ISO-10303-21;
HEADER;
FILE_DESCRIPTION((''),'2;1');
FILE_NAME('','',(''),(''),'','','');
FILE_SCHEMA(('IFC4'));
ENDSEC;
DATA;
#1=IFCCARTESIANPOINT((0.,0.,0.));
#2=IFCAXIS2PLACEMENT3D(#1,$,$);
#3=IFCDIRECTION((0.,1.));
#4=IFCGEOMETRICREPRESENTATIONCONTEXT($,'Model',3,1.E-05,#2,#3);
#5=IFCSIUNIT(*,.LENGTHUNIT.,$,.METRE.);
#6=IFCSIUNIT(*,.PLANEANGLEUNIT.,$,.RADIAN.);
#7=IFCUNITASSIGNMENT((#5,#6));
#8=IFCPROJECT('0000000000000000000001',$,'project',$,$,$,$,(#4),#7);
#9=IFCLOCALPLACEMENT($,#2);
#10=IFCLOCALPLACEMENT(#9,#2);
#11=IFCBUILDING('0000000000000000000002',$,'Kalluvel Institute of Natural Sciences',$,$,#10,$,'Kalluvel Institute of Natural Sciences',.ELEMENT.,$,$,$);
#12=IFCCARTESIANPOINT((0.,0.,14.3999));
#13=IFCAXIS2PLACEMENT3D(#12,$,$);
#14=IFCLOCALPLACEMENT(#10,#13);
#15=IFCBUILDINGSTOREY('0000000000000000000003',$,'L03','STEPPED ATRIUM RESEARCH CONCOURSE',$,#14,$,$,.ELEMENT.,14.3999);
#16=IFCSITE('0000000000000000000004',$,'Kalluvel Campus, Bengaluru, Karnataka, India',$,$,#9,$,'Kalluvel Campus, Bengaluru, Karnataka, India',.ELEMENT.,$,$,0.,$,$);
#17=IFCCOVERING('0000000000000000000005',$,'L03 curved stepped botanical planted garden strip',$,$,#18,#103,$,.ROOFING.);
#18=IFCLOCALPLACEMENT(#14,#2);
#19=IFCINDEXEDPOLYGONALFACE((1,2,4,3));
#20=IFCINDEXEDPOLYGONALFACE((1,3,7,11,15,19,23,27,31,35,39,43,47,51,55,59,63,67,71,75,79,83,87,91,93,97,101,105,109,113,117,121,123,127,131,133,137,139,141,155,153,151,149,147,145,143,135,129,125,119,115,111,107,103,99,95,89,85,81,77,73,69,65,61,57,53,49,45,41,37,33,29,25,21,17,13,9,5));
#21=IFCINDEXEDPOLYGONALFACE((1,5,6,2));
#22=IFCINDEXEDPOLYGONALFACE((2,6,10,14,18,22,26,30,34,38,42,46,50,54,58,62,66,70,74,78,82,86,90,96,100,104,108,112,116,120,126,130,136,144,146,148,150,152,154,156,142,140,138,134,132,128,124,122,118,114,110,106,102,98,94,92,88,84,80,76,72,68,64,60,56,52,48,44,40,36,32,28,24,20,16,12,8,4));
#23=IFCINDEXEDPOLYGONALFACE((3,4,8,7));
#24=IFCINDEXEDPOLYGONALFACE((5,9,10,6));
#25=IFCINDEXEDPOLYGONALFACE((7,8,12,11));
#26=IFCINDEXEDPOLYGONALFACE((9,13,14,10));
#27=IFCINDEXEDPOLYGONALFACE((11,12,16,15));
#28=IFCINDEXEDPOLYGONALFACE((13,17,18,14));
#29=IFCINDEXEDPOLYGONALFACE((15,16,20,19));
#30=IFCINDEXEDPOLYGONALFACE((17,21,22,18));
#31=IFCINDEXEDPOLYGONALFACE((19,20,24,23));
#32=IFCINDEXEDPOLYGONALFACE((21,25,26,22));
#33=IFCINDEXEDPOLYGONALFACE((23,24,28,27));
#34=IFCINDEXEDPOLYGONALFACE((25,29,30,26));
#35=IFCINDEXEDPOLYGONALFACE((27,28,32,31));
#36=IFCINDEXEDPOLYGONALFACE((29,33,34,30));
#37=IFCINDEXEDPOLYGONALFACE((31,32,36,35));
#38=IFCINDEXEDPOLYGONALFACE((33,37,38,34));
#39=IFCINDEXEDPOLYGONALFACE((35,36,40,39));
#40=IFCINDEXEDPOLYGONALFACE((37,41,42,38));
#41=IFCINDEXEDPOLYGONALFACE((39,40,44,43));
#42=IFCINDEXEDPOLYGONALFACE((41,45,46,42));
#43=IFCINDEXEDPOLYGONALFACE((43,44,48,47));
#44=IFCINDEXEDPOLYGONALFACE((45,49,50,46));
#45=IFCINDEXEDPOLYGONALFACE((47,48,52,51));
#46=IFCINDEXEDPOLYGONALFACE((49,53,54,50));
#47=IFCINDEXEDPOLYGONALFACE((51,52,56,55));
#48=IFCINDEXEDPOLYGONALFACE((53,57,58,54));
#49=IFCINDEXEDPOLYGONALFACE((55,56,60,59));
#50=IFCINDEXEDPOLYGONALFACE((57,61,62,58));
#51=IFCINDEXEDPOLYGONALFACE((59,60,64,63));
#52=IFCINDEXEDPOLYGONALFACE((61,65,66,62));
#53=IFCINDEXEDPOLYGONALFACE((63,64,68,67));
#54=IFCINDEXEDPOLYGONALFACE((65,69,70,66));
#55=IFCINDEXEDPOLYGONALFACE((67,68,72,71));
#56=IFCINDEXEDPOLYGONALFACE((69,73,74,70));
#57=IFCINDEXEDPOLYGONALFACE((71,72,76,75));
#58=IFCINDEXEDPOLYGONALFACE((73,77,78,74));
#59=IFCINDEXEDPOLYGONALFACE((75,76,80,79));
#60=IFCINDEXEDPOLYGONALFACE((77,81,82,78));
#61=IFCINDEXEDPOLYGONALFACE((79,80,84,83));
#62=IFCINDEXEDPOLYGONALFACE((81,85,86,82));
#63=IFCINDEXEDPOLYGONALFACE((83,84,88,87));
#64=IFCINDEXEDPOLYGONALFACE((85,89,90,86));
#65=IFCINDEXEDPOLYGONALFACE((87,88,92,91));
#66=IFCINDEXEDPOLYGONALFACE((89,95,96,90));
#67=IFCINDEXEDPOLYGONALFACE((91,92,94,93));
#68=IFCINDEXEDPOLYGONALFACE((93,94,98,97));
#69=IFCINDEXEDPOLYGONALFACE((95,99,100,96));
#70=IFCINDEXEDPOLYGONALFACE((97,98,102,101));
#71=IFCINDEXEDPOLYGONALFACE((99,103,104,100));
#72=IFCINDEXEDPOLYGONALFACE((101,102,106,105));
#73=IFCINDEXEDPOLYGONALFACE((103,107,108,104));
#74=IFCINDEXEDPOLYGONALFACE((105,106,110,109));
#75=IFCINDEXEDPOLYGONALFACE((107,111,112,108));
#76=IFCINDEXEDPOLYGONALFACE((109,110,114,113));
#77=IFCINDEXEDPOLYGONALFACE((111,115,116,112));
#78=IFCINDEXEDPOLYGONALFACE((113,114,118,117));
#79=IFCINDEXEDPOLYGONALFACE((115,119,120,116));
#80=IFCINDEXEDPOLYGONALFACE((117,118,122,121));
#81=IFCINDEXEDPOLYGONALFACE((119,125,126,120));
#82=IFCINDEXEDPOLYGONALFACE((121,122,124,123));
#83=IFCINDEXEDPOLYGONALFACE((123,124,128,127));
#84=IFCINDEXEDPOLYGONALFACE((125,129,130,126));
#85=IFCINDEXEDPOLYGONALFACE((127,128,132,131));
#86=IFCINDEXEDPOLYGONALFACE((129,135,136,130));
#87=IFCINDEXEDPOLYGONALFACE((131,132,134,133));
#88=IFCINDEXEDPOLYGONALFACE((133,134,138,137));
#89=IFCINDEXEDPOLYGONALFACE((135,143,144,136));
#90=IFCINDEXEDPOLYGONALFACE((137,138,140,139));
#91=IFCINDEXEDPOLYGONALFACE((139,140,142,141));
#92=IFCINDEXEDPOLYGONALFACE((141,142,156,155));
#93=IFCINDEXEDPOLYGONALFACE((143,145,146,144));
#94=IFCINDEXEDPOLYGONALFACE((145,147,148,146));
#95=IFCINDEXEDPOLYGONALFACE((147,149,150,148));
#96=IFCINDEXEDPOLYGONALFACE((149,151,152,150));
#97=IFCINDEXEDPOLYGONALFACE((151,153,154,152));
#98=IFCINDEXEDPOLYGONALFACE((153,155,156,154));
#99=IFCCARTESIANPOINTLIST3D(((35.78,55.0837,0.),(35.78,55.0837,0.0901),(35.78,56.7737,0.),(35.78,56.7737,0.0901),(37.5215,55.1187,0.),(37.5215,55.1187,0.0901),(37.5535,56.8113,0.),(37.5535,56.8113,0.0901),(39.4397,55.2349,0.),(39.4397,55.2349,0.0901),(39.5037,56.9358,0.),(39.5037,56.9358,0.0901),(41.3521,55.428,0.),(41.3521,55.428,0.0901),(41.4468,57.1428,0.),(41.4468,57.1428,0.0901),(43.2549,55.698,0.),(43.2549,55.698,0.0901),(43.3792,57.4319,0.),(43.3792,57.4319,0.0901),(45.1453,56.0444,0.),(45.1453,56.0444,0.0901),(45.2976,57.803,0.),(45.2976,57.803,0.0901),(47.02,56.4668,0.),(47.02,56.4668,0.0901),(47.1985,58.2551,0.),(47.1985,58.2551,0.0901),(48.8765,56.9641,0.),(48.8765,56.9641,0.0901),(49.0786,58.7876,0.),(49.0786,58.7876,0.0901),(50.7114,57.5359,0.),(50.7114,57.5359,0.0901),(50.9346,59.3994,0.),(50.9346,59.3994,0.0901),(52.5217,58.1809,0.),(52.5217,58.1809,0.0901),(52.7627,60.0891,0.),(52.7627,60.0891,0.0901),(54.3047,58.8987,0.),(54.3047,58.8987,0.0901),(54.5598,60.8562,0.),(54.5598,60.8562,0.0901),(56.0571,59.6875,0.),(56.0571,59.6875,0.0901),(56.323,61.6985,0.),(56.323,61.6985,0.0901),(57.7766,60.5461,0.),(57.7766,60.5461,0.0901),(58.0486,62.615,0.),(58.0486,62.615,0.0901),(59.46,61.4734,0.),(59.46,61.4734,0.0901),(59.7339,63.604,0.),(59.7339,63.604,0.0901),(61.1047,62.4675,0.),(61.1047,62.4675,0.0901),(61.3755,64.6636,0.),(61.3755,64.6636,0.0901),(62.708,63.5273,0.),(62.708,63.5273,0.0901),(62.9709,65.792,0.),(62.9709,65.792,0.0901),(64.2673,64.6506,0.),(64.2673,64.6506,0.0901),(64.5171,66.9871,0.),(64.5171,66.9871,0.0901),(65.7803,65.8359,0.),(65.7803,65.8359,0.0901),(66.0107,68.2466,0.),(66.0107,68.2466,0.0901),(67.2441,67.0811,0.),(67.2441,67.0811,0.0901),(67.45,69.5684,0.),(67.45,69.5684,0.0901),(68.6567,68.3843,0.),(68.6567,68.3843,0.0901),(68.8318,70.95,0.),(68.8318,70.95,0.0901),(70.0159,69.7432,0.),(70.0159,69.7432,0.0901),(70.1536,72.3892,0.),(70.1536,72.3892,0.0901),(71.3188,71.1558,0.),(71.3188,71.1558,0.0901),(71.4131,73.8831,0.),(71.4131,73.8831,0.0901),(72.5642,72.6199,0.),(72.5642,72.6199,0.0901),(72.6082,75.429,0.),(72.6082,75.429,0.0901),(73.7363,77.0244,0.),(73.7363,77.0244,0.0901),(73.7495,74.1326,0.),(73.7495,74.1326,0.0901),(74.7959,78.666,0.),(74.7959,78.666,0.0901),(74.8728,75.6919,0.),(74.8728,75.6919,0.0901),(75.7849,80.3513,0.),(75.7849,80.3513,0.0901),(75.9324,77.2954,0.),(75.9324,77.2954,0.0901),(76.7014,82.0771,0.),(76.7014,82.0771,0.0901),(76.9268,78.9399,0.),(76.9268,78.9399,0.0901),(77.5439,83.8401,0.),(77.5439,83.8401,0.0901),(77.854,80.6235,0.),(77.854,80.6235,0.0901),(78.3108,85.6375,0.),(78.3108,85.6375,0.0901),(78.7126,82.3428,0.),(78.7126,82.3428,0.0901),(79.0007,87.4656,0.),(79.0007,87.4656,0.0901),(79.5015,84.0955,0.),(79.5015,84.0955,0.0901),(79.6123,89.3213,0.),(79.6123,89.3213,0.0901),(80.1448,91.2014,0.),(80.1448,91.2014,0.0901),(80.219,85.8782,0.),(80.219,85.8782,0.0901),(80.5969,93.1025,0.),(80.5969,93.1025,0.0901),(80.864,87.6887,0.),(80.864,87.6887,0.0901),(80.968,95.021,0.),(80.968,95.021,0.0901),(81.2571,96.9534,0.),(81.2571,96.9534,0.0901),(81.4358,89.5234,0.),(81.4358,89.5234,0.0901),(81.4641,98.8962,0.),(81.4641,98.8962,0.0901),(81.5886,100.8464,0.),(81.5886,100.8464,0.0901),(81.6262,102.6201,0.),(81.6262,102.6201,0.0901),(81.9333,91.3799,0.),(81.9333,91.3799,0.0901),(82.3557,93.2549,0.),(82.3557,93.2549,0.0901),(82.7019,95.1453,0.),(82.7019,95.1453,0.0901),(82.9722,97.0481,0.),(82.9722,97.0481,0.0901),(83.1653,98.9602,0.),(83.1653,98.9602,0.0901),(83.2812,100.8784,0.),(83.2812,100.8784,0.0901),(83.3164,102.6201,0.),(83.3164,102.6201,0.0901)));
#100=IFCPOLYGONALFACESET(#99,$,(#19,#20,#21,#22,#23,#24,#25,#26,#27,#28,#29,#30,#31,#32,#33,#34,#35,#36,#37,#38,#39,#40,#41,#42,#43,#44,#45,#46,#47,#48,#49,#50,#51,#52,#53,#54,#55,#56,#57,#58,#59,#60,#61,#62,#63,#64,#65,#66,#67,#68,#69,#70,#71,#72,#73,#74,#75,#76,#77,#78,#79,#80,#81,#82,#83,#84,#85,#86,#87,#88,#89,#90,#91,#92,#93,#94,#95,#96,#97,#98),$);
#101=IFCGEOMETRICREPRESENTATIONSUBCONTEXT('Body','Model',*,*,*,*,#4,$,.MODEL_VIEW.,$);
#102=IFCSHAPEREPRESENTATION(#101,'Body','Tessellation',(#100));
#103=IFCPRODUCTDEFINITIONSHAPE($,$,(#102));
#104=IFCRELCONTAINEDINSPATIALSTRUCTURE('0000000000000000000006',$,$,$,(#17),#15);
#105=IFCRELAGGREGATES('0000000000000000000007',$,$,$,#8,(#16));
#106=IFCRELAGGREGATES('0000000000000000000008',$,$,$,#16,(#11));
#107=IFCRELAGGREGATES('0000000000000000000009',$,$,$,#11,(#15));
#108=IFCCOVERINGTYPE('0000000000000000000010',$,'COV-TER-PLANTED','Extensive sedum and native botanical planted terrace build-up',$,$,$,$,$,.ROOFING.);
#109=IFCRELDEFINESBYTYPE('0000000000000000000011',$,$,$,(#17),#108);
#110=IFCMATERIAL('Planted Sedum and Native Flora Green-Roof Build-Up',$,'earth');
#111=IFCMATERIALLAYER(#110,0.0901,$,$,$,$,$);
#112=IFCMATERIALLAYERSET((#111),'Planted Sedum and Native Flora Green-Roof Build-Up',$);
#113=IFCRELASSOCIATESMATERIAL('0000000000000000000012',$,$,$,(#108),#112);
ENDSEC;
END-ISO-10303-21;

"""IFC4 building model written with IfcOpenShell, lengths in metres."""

from ifc_helpers import new_model, si_unit, direction, frame, origin, place, context, subcontext, project, spatial, polyline, outline, extrude, material, layer, layer_set, type_object, element, save


model = new_model("IFC4")

# Units and contexts
model_context = context("Model", 3, precision=1e-05, world=origin(), true_north=direction((0.0, 1.0)))
body_context = subcontext(model_context, "Body", "Model", "MODEL_VIEW")
ifc_project = project(units=[si_unit("LENGTHUNIT", "METRE"), si_unit("PLANEANGLEUNIT", "RADIAN")], contexts=[model_context])

# Site, building, storey
site_placement = place(None, origin())
site = spatial("IfcSite", under=ifc_project, at=site_placement, Name="Kalluvel Campus, Bengaluru, Karnataka, India", LongName="Kalluvel Campus, Bengaluru, Karnataka, India", CompositionType="ELEMENT", RefElevation=0.0)
building_placement = place(site_placement, origin())
building = spatial("IfcBuilding", under=site, at=building_placement, Name="Kalluvel Institute of Natural Sciences", LongName="Kalluvel Institute of Natural Sciences", CompositionType="ELEMENT")
storey_placement = place(building_placement, frame((0.0, 0.0, 14.3999)))
storey = spatial("IfcBuildingStorey", under=building, at=storey_placement, Name="L03", Description="STEPPED ATRIUM RESEARCH CONCOURSE", CompositionType="ELEMENT", Elevation=14.3999)

# Covering
ifc_material_1 = material(Name="Planted Sedum and Native Flora Green-Roof Build-Up", Category="earth")
ifc_layer_1 = layer(ifc_material_1, 0.0901)
ifc_layer_set_1 = layer_set([ifc_layer_1], Name="Planted Sedum and Native Flora Green-Roof Build-Up")
covering_type_1 = type_object("IfcCoveringType", Name="COV-TER-PLANTED", Description="Extensive sedum and native botanical planted terrace build-up", PredefinedType="ROOFING", material=ifc_layer_set_1)
covering_1_placement = place(storey_placement, origin())
element("IfcCovering", 1, at=covering_1_placement, inside=storey, type_object=covering_type_1, Name="L03 curved stepped botanical planted garden strip", PredefinedType="ROOFING", context=body_context, shape_type="SweptSolid", body=[
    extrude(outline(polyline([(35.78, 55.0837), (35.78, 56.7737), (37.5535, 56.8113), (39.5037, 56.9358), (41.4468, 57.1428), (43.3792, 57.4319), (45.2976, 57.803), (47.1985, 58.2551), (49.0786, 58.7876), (50.9346, 59.3994), (52.7627, 60.0891), (54.5598, 60.8562), (56.323, 61.6985), (58.0486, 62.615), (59.7339, 63.604), (61.3755, 64.6636), (62.9709, 65.792), (64.5171, 66.9871), (66.0107, 68.2466), (67.45, 69.5684), (68.8318, 70.95), (70.1536, 72.3892), (71.4131, 73.8831), (72.6082, 75.429), (73.7363, 77.0244), (74.7959, 78.666), (75.7849, 80.3513), (76.7014, 82.0771), (77.5439, 83.8401), (78.3108, 85.6375), (79.0007, 87.4656), (79.6123, 89.3213), (80.1448, 91.2014), (80.5969, 93.1025), (80.968, 95.021), (81.2571, 96.9534), (81.4641, 98.8962), (81.5886, 100.8464), (81.6262, 102.6201), (83.3164, 102.6201), (83.2812, 100.8784), (83.1653, 98.9602), (82.9722, 97.0481), (82.7019, 95.1453), (82.3557, 93.2549), (81.9333, 91.3799), (81.4358, 89.5234), (80.864, 87.6887), (80.219, 85.8782), (79.5015, 84.0955), (78.7126, 82.3428), (77.854, 80.6235), (76.9268, 78.9399), (75.9324, 77.2954), (74.8728, 75.6919), (73.7495, 74.1326), (72.5642, 72.6199), (71.3188, 71.1558), (70.0159, 69.7432), (68.6567, 68.3843), (67.2441, 67.0811), (65.7803, 65.8359), (64.2673, 64.6506), (62.708, 63.5273), (61.1047, 62.4675), (59.46, 61.4734), (57.7766, 60.5461), (56.0571, 59.6875), (54.3047, 58.8987), (52.5217, 58.1809), (50.7114, 57.5359), (48.8765, 56.9641), (47.02, 56.4668), (45.1453, 56.0444), (43.2549, 55.698), (41.3521, 55.428), (39.4397, 55.2349), (37.5215, 55.1187), (35.78, 55.0837)])), origin(), (0.0, 0.0, 1.0), 0.0901),
])

save(model, "model.ifc")
